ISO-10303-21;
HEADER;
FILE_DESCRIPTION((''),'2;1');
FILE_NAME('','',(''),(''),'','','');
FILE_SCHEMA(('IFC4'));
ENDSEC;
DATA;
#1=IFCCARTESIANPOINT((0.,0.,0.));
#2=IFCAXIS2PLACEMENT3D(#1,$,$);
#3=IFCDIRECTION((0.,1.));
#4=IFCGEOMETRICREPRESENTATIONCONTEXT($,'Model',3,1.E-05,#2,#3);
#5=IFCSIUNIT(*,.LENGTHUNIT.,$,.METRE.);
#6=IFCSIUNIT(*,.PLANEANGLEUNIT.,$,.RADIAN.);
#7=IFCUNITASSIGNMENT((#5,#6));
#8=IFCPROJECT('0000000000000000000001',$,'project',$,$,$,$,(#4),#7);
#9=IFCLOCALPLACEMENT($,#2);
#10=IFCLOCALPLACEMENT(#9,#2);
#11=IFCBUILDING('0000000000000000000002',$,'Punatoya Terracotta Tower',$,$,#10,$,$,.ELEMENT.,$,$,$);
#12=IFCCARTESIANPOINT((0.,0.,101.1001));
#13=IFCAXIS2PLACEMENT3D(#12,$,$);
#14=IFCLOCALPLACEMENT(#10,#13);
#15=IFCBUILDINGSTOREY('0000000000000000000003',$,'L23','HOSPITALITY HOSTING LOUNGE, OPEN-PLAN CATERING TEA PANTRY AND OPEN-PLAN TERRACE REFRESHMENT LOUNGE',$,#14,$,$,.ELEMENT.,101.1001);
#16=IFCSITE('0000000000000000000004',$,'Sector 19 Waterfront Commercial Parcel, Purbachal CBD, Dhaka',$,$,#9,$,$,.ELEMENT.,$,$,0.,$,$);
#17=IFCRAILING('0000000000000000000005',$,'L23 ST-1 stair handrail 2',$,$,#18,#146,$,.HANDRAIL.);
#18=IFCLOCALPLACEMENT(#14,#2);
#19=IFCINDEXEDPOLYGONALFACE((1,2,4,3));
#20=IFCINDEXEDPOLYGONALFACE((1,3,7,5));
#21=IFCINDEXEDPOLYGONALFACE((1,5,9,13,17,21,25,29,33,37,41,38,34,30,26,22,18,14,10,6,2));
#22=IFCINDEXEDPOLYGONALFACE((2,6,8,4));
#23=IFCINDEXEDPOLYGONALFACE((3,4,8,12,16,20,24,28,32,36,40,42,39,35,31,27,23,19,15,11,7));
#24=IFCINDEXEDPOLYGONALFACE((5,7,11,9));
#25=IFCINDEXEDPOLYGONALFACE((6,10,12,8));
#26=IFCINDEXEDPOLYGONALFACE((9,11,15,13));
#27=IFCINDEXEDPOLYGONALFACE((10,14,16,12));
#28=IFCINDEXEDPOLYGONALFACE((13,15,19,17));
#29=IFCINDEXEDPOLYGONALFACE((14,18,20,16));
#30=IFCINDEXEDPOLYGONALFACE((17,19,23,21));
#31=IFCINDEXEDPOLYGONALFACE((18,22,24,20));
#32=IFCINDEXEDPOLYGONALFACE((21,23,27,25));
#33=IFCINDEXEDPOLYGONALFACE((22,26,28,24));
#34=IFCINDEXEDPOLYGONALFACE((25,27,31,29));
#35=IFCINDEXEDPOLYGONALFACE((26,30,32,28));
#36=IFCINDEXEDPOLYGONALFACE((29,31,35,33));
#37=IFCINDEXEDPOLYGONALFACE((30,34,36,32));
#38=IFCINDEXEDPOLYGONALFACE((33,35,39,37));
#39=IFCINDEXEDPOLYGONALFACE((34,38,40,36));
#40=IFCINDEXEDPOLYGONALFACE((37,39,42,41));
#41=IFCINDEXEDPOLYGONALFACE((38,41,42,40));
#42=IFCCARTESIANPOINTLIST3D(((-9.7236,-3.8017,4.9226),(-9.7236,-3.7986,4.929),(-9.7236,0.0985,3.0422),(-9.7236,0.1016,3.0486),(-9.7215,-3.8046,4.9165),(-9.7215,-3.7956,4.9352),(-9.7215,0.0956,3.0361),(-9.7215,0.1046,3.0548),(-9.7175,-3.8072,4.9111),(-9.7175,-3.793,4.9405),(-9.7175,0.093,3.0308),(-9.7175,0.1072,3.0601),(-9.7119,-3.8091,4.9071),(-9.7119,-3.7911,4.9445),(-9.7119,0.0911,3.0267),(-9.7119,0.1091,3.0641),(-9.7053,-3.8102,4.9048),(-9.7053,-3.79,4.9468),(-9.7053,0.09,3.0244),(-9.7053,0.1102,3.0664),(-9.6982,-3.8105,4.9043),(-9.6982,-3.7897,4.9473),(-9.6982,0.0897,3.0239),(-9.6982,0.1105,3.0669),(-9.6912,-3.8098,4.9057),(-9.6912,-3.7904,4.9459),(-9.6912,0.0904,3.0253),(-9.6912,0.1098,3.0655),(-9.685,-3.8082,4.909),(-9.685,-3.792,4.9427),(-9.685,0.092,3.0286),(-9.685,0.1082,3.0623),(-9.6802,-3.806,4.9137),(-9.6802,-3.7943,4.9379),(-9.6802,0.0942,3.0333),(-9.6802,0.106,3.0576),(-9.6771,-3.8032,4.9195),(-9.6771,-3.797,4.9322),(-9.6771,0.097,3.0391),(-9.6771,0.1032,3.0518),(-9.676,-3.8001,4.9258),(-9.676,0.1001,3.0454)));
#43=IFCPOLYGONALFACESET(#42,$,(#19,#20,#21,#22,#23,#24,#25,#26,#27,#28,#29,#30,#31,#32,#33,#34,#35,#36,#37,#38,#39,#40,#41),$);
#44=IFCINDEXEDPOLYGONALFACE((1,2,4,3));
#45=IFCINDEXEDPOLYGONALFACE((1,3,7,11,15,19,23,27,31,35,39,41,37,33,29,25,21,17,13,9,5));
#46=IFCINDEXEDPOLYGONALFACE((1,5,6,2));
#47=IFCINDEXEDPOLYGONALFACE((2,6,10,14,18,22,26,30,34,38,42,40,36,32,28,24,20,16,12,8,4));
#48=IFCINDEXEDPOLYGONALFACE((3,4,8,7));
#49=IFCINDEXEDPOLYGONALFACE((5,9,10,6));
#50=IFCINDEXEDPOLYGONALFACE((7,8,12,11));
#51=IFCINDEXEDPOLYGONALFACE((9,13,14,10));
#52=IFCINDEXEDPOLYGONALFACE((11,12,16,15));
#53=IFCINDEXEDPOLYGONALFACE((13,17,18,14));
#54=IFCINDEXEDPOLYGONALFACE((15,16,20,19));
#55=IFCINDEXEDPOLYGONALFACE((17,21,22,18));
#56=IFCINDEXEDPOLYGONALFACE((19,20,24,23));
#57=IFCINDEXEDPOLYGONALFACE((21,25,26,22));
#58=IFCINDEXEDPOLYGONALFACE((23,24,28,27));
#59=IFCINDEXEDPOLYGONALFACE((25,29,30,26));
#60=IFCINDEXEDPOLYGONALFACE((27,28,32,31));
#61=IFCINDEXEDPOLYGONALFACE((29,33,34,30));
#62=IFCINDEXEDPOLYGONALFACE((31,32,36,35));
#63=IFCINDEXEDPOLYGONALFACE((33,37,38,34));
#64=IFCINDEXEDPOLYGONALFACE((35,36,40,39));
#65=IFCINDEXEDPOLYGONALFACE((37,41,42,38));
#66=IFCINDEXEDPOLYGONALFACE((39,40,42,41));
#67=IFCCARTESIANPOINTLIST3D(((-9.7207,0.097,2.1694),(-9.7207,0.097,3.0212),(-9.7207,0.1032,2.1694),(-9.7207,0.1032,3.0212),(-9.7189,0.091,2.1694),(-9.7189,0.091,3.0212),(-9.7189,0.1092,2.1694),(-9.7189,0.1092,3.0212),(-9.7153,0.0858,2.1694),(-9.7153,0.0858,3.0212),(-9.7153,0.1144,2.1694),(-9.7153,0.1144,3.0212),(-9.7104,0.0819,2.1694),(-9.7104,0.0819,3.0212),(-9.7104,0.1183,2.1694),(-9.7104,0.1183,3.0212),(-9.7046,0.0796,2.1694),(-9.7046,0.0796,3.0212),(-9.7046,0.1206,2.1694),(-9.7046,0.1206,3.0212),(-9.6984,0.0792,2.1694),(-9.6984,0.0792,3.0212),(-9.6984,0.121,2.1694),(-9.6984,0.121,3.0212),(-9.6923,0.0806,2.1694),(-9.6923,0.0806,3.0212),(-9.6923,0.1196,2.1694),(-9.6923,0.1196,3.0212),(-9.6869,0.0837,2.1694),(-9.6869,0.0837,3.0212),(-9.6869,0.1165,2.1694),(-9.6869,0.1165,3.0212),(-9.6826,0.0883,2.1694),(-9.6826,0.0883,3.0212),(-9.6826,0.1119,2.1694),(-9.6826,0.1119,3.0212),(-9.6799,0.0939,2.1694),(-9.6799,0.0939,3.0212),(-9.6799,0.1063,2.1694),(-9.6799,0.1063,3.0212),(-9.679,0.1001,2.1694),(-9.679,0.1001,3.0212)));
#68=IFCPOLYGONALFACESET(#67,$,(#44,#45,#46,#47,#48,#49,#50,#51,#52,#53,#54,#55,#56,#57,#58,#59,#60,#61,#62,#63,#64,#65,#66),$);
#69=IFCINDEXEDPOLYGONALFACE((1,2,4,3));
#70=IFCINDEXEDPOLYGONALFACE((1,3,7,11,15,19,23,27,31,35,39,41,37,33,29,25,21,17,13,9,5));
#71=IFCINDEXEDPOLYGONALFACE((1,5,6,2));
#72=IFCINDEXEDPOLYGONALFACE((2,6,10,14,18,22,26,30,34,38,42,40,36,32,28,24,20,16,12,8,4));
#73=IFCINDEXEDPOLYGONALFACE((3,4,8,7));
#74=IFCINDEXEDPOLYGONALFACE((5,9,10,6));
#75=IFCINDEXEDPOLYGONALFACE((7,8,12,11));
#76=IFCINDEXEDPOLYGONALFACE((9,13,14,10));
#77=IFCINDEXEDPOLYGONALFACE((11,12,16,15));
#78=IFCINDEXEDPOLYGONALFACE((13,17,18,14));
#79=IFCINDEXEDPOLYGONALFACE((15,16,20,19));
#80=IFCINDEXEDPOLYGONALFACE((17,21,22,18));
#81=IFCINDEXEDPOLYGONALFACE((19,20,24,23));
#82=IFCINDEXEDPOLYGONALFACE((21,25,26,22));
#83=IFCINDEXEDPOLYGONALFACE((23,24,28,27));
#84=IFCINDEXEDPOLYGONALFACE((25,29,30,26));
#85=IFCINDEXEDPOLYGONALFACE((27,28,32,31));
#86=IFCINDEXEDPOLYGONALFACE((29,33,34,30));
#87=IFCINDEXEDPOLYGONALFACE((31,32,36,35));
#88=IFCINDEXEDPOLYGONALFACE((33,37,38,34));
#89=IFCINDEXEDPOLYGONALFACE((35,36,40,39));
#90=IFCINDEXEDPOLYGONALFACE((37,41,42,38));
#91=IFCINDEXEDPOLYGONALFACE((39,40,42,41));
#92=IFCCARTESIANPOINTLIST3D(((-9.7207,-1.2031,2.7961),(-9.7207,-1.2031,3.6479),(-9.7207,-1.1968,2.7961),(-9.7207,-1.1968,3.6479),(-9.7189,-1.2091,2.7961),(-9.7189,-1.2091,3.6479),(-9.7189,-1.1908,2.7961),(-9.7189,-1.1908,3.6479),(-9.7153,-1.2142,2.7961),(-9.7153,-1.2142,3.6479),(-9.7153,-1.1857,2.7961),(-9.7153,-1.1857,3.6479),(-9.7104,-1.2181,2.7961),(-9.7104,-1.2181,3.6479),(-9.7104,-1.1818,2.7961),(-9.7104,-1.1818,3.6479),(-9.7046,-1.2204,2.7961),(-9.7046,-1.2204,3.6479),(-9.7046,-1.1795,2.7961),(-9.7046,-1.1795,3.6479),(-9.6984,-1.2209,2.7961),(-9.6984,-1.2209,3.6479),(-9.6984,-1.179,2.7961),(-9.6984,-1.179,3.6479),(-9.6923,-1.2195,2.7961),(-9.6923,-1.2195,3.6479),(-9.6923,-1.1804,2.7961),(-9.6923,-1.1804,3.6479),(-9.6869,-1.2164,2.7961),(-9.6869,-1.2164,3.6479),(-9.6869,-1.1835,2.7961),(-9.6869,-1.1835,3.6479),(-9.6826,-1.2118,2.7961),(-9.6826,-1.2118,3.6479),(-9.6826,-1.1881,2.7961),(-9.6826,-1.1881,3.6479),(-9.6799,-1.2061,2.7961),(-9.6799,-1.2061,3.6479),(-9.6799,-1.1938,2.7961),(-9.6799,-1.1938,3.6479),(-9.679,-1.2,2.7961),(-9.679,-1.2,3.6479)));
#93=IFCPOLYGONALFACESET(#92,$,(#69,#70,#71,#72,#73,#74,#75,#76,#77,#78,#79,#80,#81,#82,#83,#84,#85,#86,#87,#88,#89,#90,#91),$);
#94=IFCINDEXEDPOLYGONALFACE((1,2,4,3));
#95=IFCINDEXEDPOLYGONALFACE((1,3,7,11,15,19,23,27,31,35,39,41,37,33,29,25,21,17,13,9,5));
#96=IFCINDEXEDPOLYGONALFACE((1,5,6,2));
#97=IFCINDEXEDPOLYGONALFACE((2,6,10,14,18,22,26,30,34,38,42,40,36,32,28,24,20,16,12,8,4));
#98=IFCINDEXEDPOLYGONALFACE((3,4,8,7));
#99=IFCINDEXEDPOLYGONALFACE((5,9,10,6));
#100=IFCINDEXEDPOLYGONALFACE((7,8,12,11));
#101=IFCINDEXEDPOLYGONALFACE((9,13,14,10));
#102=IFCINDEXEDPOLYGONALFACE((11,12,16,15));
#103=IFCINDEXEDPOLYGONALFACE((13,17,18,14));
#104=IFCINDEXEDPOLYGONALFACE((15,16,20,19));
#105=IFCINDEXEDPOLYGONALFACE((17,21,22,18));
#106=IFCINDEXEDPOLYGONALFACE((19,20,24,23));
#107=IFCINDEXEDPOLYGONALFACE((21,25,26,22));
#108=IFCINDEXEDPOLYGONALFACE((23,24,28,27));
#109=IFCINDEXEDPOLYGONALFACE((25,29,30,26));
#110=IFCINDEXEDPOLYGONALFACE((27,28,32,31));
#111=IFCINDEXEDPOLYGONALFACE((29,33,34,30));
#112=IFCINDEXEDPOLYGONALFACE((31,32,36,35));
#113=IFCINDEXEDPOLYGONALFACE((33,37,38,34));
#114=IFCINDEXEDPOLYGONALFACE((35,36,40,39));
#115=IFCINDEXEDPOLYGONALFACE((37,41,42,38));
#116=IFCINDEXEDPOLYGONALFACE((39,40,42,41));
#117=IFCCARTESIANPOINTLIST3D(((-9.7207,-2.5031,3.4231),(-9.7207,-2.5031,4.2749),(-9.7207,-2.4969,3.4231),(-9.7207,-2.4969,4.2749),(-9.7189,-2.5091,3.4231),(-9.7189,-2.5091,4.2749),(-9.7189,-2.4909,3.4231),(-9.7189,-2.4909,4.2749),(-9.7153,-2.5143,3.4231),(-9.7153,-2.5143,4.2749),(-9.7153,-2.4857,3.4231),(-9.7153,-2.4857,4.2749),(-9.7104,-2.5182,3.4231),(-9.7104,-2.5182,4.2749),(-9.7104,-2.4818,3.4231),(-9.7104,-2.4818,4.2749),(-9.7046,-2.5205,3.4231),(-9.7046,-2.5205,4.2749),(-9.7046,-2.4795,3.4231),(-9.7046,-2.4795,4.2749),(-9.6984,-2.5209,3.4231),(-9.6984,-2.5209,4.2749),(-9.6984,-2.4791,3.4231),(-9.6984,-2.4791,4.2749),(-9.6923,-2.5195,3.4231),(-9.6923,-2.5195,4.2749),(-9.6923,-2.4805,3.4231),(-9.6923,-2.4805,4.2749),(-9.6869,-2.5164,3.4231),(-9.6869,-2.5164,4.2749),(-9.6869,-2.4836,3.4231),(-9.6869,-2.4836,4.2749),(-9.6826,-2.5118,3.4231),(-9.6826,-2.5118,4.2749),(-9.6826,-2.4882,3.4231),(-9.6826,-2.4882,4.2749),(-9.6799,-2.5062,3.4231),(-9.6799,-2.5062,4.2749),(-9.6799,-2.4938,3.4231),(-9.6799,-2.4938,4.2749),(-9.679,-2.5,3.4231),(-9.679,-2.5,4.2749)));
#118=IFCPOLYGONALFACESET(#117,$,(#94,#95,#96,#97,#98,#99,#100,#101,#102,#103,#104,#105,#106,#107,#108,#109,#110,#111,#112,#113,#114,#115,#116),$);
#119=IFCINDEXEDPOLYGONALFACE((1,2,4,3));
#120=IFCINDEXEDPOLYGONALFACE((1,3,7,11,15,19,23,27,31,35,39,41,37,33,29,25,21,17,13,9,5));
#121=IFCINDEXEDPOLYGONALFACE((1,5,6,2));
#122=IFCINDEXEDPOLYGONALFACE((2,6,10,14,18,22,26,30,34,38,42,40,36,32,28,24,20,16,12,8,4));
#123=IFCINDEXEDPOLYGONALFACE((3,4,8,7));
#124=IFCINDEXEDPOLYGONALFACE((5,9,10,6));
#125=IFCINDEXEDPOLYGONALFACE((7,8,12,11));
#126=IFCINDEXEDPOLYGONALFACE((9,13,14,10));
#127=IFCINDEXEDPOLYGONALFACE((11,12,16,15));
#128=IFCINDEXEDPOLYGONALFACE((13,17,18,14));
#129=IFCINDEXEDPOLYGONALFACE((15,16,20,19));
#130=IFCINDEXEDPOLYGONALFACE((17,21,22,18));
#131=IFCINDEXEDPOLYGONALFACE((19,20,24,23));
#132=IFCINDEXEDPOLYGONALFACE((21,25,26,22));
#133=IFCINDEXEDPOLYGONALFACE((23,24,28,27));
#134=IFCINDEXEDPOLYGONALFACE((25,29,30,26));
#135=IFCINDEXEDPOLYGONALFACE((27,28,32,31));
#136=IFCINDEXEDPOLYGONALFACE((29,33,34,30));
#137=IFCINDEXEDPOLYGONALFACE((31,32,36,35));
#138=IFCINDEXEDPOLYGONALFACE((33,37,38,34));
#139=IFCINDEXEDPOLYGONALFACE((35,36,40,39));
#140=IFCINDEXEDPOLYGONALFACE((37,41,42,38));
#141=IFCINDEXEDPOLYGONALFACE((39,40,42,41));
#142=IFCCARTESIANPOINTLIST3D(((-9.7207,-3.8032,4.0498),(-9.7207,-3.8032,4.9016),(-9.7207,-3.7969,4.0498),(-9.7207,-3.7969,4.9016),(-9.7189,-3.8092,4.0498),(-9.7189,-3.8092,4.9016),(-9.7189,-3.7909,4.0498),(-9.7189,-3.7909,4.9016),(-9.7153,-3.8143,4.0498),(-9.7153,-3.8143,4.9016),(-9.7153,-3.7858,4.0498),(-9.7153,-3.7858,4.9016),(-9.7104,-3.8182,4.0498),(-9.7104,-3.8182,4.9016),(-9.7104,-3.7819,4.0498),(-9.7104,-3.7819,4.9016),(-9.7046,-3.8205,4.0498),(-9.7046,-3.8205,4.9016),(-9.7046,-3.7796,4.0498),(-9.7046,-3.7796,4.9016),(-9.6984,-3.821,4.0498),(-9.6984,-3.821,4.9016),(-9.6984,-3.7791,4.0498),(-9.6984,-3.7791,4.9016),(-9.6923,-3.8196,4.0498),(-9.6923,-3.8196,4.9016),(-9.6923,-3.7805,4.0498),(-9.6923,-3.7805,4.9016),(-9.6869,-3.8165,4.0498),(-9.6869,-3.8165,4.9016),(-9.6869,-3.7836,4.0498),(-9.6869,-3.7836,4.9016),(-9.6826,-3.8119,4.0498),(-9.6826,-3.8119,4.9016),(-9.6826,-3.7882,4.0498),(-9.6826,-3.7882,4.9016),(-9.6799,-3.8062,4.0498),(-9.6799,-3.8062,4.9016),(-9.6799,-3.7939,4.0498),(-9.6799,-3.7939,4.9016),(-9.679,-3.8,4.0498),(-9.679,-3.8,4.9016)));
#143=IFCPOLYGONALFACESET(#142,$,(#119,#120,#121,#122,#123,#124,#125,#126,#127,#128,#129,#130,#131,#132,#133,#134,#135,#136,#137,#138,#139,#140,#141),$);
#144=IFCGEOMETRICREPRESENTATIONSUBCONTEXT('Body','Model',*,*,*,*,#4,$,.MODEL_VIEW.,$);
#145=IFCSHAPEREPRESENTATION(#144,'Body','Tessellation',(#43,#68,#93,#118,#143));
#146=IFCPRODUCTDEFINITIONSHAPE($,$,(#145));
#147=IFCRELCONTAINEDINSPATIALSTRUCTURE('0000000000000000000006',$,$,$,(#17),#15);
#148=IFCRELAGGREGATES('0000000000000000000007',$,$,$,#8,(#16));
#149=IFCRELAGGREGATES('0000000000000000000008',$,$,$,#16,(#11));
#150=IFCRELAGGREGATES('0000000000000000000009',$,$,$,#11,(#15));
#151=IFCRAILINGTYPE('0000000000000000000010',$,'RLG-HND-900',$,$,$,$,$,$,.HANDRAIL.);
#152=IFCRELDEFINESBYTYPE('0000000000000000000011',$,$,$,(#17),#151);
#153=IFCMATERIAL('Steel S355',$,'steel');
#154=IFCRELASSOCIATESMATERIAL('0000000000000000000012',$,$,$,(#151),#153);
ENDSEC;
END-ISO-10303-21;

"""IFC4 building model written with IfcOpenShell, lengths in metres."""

from ifc_helpers import new_model, si_unit, direction, frame, origin, origin_2d, place, context, subcontext, project, spatial, circle, extrude, material, type_object, element, save


model = new_model("IFC4")

# Units and contexts
model_context = context("Model", 3, precision=1e-05, world=origin(), true_north=direction((0.0, 1.0)))
body_context = subcontext(model_context, "Body", "Model", "MODEL_VIEW")
ifc_project = project(units=[si_unit("LENGTHUNIT", "METRE"), si_unit("PLANEANGLEUNIT", "RADIAN")], contexts=[model_context])

# Site, building, storey
site_placement = place(None, origin())
site = spatial("IfcSite", under=ifc_project, at=site_placement, Name="Sector 19 Waterfront Commercial Parcel, Purbachal CBD, Dhaka", CompositionType="ELEMENT", RefElevation=0.0)
building_placement = place(site_placement, origin())
building = spatial("IfcBuilding", under=site, at=building_placement, Name="Punatoya Terracotta Tower", CompositionType="ELEMENT")
storey_placement = place(building_placement, frame((0.0, 0.0, 101.1001)))
storey = spatial("IfcBuildingStorey", under=building, at=storey_placement, Name="L23", Description="HOSPITALITY HOSTING LOUNGE, OPEN-PLAN CATERING TEA PANTRY AND OPEN-PLAN TERRACE REFRESHMENT LOUNGE", CompositionType="ELEMENT", Elevation=101.1001)

# Shared definitions
ifc_material_1 = material(Name="Steel S355", Category="steel")

# Railing
railing_type_1 = type_object("IfcRailingType", Name="RLG-HND-900", PredefinedType="HANDRAIL", material=ifc_material_1)
railing_1_placement = place(storey_placement, frame((-9.7, 0.1001, 2.1694)))
element("IfcRailing", 1, at=railing_1_placement, inside=storey, type_object=railing_type_1, Name="L23 ST-1 stair handrail 2", PredefinedType="HANDRAIL", context=body_context, shape_type="SweptSolid", body=[
    extrude(circle(Radius=0.0239, at=origin_2d()), frame((0.0, 0.0, 0.876), z_axis=(0.0, -0.900774, 0.434289), x_axis=(1.0, 0.0, 0.0)), (0.0, 0.0, 1.0), 4.3298),
    extrude(circle(Radius=0.021, at=origin_2d()), origin(), (0.0, 0.0, 1.0), 0.8518),
    extrude(circle(Radius=0.021, at=origin_2d()), frame((0.0, -1.3, 0.6267)), (0.0, 0.0, 1.0), 0.8518),
    extrude(circle(Radius=0.021, at=origin_2d()), frame((0.0, -2.6001, 1.2537)), (0.0, 0.0, 1.0), 0.8518),
    extrude(circle(Radius=0.021, at=origin_2d()), frame((0.0, -3.9001, 1.8804)), (0.0, 0.0, 1.0), 0.8518),
])

save(model, "model.ifc")
